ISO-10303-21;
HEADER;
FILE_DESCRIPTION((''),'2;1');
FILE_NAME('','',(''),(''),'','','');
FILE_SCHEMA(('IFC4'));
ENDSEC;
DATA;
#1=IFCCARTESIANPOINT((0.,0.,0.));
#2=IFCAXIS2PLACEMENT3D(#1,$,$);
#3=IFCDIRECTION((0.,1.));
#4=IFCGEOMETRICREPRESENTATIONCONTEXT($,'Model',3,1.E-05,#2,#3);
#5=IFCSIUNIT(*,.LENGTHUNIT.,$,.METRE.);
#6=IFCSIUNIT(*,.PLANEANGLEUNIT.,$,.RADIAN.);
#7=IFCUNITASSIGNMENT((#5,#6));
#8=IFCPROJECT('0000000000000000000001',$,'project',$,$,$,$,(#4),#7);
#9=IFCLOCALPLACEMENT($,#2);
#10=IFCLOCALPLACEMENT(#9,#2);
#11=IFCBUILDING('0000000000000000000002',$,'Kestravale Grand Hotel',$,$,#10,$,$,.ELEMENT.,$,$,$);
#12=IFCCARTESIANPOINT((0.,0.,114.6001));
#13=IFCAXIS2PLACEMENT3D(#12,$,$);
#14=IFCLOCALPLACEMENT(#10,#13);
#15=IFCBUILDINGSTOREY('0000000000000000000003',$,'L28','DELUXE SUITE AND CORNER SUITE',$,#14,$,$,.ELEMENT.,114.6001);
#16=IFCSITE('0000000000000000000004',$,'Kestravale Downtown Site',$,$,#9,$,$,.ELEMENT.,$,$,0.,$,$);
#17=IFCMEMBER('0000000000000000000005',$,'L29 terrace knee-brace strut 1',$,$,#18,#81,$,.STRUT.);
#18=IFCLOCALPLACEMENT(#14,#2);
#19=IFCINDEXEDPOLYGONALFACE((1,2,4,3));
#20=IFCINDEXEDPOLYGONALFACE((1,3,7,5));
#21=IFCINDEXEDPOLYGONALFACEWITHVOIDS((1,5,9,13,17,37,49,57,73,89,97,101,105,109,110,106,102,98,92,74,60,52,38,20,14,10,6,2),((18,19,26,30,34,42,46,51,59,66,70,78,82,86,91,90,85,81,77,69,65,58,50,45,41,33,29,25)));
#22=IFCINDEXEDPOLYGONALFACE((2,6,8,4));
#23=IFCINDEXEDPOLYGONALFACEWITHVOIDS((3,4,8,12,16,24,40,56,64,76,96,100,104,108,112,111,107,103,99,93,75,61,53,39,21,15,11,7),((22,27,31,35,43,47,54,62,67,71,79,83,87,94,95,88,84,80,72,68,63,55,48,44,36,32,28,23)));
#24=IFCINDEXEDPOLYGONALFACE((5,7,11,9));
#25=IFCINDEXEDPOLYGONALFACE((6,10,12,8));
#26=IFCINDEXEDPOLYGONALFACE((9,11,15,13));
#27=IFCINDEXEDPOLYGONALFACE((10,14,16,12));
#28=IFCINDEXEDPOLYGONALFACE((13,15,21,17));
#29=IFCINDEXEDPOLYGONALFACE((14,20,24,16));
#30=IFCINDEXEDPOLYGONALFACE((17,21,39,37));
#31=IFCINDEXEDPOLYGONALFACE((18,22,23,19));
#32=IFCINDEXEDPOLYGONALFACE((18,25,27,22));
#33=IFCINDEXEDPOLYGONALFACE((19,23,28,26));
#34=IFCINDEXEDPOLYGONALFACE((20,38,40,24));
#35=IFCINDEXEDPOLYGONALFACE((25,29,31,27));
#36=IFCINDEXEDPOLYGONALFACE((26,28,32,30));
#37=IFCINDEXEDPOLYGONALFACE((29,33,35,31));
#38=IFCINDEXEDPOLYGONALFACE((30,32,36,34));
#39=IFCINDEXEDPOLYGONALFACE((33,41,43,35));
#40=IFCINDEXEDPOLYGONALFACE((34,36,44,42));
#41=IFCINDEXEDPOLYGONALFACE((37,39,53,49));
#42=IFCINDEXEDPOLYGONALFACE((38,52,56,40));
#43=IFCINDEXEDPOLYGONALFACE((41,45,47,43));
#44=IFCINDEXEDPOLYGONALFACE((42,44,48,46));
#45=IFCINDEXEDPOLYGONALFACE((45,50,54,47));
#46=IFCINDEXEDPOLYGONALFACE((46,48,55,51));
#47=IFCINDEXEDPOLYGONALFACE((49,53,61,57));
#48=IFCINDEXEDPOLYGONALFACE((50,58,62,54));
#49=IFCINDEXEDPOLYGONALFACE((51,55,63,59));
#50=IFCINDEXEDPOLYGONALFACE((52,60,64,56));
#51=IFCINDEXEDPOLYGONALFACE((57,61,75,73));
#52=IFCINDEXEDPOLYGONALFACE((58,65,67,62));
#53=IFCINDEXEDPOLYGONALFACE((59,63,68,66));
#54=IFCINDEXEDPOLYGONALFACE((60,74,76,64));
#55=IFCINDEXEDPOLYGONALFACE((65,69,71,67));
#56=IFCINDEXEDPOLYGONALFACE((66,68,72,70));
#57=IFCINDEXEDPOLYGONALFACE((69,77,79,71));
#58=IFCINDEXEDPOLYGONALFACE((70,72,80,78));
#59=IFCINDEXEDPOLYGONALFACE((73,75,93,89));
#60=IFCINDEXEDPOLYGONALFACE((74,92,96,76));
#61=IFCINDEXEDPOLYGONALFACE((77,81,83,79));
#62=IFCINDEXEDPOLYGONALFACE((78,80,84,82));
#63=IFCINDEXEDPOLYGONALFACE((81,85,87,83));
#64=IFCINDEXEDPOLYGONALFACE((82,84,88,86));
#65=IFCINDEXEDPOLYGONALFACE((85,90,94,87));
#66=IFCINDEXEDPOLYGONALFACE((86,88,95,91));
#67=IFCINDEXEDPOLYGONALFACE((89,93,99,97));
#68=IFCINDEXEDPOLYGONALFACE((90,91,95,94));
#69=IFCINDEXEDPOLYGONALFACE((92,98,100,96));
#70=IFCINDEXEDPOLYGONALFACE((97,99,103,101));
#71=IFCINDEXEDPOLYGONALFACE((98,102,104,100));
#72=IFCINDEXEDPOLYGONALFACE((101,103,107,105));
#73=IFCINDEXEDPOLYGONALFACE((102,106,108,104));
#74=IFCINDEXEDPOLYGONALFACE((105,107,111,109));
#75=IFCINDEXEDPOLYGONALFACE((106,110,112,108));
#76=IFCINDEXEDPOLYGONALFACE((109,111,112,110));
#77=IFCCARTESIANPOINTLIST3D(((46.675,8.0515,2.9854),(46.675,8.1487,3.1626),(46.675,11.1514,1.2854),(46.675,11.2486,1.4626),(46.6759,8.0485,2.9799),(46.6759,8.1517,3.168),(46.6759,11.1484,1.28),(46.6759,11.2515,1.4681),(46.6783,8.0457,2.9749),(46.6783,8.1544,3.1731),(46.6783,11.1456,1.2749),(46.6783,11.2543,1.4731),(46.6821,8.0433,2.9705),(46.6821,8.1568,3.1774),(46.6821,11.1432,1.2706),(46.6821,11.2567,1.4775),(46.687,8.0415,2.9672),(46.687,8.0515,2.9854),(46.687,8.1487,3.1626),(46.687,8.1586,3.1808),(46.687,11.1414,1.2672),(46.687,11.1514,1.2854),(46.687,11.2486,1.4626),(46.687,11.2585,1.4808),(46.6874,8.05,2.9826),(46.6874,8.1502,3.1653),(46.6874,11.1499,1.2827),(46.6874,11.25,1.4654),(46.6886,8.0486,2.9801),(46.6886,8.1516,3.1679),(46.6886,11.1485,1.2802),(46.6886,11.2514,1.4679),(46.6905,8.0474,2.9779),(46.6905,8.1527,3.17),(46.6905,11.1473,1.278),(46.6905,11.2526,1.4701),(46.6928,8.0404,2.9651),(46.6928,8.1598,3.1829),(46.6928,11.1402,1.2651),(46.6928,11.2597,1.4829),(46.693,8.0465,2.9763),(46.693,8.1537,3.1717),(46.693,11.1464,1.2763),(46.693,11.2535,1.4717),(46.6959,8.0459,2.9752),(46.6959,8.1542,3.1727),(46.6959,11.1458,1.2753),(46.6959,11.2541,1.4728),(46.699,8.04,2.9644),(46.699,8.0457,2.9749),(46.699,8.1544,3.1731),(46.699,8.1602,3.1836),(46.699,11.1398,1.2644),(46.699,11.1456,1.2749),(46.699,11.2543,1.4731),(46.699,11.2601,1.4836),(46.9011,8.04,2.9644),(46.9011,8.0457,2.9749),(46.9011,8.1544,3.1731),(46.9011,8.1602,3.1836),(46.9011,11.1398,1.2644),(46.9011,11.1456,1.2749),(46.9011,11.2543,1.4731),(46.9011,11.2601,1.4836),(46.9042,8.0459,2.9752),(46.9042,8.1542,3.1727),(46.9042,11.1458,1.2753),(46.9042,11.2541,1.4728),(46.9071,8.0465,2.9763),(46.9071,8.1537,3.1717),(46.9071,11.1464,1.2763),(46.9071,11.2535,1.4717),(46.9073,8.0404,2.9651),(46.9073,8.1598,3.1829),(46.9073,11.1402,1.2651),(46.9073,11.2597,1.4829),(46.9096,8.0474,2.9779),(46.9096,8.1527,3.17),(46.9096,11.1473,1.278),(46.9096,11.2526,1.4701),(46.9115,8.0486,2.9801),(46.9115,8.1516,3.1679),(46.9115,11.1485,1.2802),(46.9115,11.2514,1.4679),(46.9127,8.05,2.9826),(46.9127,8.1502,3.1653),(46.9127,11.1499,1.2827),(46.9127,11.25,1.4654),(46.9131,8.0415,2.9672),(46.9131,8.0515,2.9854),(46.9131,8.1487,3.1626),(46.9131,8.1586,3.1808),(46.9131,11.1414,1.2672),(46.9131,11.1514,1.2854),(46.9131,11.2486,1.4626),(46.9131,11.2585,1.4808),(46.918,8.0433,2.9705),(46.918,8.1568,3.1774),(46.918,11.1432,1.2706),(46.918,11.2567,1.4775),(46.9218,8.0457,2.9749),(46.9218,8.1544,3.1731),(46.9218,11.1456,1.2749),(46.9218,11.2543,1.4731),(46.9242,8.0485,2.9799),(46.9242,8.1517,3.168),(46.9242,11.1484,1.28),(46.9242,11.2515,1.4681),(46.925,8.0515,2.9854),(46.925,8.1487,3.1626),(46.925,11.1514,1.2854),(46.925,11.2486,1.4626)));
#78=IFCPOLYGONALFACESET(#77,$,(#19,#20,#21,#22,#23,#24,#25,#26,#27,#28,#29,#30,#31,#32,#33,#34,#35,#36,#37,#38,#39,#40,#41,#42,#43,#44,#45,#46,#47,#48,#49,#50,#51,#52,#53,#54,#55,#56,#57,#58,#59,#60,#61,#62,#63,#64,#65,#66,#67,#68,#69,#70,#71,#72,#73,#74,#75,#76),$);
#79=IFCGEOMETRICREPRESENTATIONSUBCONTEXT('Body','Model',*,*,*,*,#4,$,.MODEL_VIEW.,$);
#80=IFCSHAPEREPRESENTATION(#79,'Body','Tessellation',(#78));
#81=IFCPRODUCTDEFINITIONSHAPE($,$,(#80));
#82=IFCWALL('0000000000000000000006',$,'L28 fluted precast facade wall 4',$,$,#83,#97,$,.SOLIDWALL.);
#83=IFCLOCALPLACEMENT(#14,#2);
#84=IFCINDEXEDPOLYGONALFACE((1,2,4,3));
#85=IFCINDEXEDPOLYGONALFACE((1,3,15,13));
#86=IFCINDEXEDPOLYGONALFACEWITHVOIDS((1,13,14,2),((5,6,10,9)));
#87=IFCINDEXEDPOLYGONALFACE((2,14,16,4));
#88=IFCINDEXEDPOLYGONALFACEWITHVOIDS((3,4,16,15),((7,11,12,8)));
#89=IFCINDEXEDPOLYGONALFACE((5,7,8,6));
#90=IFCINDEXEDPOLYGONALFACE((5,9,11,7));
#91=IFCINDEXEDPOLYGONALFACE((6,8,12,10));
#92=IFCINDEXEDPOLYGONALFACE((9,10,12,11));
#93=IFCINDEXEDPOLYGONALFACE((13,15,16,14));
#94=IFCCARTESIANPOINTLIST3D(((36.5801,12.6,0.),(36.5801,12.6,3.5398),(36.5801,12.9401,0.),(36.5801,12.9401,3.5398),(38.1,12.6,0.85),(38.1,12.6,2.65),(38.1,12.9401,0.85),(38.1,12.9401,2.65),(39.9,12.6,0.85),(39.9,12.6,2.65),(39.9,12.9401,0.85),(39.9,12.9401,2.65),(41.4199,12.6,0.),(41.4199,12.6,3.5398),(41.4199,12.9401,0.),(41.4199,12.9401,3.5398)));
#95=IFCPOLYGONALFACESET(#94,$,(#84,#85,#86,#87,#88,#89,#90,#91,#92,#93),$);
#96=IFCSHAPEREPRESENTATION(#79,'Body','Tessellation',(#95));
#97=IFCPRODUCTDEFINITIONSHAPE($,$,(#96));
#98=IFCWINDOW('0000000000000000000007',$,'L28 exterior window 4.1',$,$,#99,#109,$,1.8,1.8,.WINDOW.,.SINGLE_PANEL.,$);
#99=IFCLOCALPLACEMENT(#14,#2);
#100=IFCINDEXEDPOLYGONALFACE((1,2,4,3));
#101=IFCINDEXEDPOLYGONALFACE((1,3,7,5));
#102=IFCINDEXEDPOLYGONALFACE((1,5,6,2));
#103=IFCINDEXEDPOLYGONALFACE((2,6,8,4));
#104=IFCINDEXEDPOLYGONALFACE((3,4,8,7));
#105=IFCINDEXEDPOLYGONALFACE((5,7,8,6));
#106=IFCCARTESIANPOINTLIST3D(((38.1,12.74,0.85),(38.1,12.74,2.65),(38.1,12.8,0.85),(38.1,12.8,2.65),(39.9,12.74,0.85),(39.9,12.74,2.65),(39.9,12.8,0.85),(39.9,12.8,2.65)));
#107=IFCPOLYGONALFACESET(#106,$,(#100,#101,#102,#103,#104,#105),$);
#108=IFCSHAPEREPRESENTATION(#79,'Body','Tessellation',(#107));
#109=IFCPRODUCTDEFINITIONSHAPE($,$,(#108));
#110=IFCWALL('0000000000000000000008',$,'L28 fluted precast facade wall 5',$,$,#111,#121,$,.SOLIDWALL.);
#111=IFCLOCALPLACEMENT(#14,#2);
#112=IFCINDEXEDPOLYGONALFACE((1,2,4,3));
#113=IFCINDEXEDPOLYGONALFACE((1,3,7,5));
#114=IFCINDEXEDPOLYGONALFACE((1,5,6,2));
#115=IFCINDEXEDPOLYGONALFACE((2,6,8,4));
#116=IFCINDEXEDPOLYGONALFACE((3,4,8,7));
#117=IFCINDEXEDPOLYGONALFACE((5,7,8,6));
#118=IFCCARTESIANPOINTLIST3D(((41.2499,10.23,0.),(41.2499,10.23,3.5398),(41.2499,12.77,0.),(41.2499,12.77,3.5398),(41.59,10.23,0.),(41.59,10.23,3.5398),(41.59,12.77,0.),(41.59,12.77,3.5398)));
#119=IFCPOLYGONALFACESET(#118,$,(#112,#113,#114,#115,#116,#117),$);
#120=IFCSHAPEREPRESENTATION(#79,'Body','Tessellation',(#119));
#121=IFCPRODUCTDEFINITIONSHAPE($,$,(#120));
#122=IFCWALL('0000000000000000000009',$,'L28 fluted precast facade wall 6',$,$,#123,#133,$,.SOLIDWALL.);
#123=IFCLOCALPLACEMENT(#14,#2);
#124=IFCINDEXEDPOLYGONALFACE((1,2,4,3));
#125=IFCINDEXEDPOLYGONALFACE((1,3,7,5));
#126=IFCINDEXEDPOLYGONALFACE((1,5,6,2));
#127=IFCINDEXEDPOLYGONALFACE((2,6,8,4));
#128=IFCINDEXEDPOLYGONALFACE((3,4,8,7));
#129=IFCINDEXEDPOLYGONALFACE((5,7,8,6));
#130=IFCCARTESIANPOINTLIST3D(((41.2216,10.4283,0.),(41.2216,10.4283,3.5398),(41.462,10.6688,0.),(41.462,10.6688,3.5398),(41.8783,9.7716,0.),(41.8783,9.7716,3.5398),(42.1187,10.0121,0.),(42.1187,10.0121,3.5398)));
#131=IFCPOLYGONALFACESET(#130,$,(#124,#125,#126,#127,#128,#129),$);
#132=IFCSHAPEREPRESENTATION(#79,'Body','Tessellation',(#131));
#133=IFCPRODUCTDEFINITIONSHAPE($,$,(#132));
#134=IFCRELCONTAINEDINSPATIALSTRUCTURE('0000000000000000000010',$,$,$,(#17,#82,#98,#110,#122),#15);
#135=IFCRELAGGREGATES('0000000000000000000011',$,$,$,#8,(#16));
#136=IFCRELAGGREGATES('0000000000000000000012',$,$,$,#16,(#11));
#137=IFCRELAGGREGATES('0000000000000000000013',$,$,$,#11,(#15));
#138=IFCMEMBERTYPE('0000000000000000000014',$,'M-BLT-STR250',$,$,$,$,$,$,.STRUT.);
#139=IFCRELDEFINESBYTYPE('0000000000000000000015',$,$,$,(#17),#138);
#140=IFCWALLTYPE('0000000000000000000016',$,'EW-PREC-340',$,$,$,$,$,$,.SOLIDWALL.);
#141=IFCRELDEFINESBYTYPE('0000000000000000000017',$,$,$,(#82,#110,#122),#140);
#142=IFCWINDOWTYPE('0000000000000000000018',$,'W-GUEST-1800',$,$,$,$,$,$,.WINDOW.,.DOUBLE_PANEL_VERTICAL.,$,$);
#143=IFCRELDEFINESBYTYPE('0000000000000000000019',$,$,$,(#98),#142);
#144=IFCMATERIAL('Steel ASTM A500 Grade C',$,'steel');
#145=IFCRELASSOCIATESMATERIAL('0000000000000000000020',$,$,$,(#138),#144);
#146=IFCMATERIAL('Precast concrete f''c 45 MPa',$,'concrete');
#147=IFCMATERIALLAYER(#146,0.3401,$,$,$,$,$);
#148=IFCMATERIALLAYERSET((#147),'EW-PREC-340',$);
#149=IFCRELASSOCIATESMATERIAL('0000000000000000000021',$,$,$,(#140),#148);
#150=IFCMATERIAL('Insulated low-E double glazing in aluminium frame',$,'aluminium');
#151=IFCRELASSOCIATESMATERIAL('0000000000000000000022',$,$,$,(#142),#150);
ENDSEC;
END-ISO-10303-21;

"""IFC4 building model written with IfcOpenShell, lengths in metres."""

from ifc_helpers import new_model, si_unit, direction, frame, frame_2d, origin, origin_2d, place, context, subcontext, project, spatial, rectangle, hollow_rectangle, extrude, material, layer, layer_set, material_profile, profile_set, type_object, element, fill, save


model = new_model("IFC4")

# Units and contexts
model_context = context("Model", 3, precision=1e-05, world=origin(), true_north=direction((0.0, 1.0)))
body_context = subcontext(model_context, "Body", "Model", "MODEL_VIEW")
ifc_project = project(units=[si_unit("LENGTHUNIT", "METRE"), si_unit("PLANEANGLEUNIT", "RADIAN")], contexts=[model_context])

# Site, building, storey
site_placement = place(None, origin())
site = spatial("IfcSite", under=ifc_project, at=site_placement, Name="Kestravale Downtown Site", CompositionType="ELEMENT", RefElevation=0.0)
building_placement = place(site_placement, origin())
building = spatial("IfcBuilding", under=site, at=building_placement, Name="Kestravale Grand Hotel", CompositionType="ELEMENT")
storey_placement = place(building_placement, frame((0.0, 0.0, 114.6001)))
storey = spatial("IfcBuildingStorey", under=building, at=storey_placement, Name="L28", Description="DELUXE SUITE AND CORNER SUITE", CompositionType="ELEMENT", Elevation=114.6001)

# Member
ifc_material_1 = material(Name="Steel ASTM A500 Grade C", Category="steel")
ifc_material_profile_1 = material_profile(ifc_material_1, hollow_rectangle(XDim=0.25, YDim=0.25, WallThickness=0.012, InnerFilletRadius=0.012, OuterFilletRadius=0.0239, at=origin_2d()))
ifc_profile_set_1 = profile_set([ifc_material_profile_1], Name="Steel ASTM A500 Grade C")
member_type = type_object("IfcMemberType", Name="M-BLT-STR250", PredefinedType="STRUT", material=ifc_profile_set_1)
member_placement = place(storey_placement, frame((46.8, 11.2, 1.374), z_axis=(0.0, -0.876809, 0.480839), x_axis=(1.0, 0.0, 0.0)))
element("IfcMember", 1, at=member_placement, inside=storey, type_object=member_type, Name="L29 terrace knee-brace strut 1", PredefinedType="STRUT", context=body_context, shape_type="SweptSolid", body=[
    extrude(hollow_rectangle(XDim=0.25, YDim=0.25, WallThickness=0.012, InnerFilletRadius=0.012, OuterFilletRadius=0.0239, at=origin_2d()), origin(), (0.0, 0.0, 1.0), 3.5354),
])

# Wall, opening, window
ifc_material_2 = material(Name="Precast concrete f'c 45 MPa", Category="concrete")
ifc_layer_1 = layer(ifc_material_2, 0.3401)
ifc_layer_set_1 = layer_set([ifc_layer_1], Name="EW-PREC-340")
wall_type_1 = type_object("IfcWallType", Name="EW-PREC-340", PredefinedType="SOLIDWALL", material=ifc_layer_set_1)
wall_1_placement = place(storey_placement, frame((36.5801, 12.77, 0.0), z_axis=(0.0, 0.0, 1.0), x_axis=(1.0, 0.0, 0.0)))
wall_1 = element("IfcWall", 2, at=wall_1_placement, inside=storey, type_object=wall_type_1, Name="L28 fluted precast facade wall 4", PredefinedType="SOLIDWALL", context=body_context, shape_type="SweptSolid", body=[
    extrude(rectangle(XDim=4.8398, YDim=0.3401, at=frame_2d((2.4199, 0.0))), origin(), (0.0, 0.0, 1.0), 3.5398),
])
opening_1_placement = place(wall_1_placement, frame((1.52, 0.0, 0.8501)))
opening_1 = element("IfcOpeningElement", 3, at=opening_1_placement, cuts=wall_1, PredefinedType="OPENING", context=body_context, shape_type="SweptSolid", body=[
    extrude(rectangle(XDim=1.8, YDim=1.8, at=frame_2d((0.8999, 0.8999))), frame((0.0, 0.1799, 0.0), z_axis=(0.0, -1.0, 0.0), x_axis=(1.0, 0.0, 0.0)), (0.0, 0.0, 1.0), 0.3601),
])
ifc_material_3 = material(Name="Insulated low-E double glazing in aluminium frame", Category="aluminium")
window_type = type_object("IfcWindowType", Name="W-GUEST-1800", PartitioningType="DOUBLE_PANEL_VERTICAL", PredefinedType="WINDOW", material=ifc_material_3)
window_1_placement = place(opening_1_placement, origin())
window_1 = element("IfcWindow", 4, at=window_1_placement, inside=storey, type_object=window_type, Name="L28 exterior window 4.1", OverallHeight=1.8, OverallWidth=1.8, PartitioningType="SINGLE_PANEL", PredefinedType="WINDOW", context=body_context, shape_type="SweptSolid", body=[
    extrude(rectangle(XDim=1.8, YDim=1.8, at=frame_2d((0.8999, 0.8999))), frame((0.0, 0.03, 0.0), z_axis=(0.0, -1.0, 0.0), x_axis=(1.0, 0.0, 0.0)), (0.0, 0.0, 1.0), 0.0601),
])
fill(opening_1, window_1)

# Walls
wall_2_placement = place(storey_placement, frame((41.4199, 12.77, 0.0), z_axis=(0.0, 0.0, 1.0), x_axis=(0.0, -1.0, 0.0)))
element("IfcWall", 5, at=wall_2_placement, inside=storey, type_object=wall_type_1, Name="L28 fluted precast facade wall 5", PredefinedType="SOLIDWALL", context=body_context, shape_type="SweptSolid", body=[
    extrude(rectangle(XDim=2.54, YDim=0.3401, at=frame_2d((1.27, 0.0))), origin(), (0.0, 0.0, 1.0), 3.5398),
])
wall_3_placement = place(storey_placement, frame((41.3418, 10.5486, 0.0), z_axis=(0.0, 0.0, 1.0), x_axis=(0.707107, -0.707107, 0.0)))
element("IfcWall", 6, at=wall_3_placement, inside=storey, type_object=wall_type_1, Name="L28 fluted precast facade wall 6", PredefinedType="SOLIDWALL", context=body_context, shape_type="SweptSolid", body=[
    extrude(rectangle(XDim=0.9287, YDim=0.3401, at=frame_2d((0.4644, 0.0))), origin(), (0.0, 0.0, 1.0), 3.5398),
])

save(model, "model.ifc")
